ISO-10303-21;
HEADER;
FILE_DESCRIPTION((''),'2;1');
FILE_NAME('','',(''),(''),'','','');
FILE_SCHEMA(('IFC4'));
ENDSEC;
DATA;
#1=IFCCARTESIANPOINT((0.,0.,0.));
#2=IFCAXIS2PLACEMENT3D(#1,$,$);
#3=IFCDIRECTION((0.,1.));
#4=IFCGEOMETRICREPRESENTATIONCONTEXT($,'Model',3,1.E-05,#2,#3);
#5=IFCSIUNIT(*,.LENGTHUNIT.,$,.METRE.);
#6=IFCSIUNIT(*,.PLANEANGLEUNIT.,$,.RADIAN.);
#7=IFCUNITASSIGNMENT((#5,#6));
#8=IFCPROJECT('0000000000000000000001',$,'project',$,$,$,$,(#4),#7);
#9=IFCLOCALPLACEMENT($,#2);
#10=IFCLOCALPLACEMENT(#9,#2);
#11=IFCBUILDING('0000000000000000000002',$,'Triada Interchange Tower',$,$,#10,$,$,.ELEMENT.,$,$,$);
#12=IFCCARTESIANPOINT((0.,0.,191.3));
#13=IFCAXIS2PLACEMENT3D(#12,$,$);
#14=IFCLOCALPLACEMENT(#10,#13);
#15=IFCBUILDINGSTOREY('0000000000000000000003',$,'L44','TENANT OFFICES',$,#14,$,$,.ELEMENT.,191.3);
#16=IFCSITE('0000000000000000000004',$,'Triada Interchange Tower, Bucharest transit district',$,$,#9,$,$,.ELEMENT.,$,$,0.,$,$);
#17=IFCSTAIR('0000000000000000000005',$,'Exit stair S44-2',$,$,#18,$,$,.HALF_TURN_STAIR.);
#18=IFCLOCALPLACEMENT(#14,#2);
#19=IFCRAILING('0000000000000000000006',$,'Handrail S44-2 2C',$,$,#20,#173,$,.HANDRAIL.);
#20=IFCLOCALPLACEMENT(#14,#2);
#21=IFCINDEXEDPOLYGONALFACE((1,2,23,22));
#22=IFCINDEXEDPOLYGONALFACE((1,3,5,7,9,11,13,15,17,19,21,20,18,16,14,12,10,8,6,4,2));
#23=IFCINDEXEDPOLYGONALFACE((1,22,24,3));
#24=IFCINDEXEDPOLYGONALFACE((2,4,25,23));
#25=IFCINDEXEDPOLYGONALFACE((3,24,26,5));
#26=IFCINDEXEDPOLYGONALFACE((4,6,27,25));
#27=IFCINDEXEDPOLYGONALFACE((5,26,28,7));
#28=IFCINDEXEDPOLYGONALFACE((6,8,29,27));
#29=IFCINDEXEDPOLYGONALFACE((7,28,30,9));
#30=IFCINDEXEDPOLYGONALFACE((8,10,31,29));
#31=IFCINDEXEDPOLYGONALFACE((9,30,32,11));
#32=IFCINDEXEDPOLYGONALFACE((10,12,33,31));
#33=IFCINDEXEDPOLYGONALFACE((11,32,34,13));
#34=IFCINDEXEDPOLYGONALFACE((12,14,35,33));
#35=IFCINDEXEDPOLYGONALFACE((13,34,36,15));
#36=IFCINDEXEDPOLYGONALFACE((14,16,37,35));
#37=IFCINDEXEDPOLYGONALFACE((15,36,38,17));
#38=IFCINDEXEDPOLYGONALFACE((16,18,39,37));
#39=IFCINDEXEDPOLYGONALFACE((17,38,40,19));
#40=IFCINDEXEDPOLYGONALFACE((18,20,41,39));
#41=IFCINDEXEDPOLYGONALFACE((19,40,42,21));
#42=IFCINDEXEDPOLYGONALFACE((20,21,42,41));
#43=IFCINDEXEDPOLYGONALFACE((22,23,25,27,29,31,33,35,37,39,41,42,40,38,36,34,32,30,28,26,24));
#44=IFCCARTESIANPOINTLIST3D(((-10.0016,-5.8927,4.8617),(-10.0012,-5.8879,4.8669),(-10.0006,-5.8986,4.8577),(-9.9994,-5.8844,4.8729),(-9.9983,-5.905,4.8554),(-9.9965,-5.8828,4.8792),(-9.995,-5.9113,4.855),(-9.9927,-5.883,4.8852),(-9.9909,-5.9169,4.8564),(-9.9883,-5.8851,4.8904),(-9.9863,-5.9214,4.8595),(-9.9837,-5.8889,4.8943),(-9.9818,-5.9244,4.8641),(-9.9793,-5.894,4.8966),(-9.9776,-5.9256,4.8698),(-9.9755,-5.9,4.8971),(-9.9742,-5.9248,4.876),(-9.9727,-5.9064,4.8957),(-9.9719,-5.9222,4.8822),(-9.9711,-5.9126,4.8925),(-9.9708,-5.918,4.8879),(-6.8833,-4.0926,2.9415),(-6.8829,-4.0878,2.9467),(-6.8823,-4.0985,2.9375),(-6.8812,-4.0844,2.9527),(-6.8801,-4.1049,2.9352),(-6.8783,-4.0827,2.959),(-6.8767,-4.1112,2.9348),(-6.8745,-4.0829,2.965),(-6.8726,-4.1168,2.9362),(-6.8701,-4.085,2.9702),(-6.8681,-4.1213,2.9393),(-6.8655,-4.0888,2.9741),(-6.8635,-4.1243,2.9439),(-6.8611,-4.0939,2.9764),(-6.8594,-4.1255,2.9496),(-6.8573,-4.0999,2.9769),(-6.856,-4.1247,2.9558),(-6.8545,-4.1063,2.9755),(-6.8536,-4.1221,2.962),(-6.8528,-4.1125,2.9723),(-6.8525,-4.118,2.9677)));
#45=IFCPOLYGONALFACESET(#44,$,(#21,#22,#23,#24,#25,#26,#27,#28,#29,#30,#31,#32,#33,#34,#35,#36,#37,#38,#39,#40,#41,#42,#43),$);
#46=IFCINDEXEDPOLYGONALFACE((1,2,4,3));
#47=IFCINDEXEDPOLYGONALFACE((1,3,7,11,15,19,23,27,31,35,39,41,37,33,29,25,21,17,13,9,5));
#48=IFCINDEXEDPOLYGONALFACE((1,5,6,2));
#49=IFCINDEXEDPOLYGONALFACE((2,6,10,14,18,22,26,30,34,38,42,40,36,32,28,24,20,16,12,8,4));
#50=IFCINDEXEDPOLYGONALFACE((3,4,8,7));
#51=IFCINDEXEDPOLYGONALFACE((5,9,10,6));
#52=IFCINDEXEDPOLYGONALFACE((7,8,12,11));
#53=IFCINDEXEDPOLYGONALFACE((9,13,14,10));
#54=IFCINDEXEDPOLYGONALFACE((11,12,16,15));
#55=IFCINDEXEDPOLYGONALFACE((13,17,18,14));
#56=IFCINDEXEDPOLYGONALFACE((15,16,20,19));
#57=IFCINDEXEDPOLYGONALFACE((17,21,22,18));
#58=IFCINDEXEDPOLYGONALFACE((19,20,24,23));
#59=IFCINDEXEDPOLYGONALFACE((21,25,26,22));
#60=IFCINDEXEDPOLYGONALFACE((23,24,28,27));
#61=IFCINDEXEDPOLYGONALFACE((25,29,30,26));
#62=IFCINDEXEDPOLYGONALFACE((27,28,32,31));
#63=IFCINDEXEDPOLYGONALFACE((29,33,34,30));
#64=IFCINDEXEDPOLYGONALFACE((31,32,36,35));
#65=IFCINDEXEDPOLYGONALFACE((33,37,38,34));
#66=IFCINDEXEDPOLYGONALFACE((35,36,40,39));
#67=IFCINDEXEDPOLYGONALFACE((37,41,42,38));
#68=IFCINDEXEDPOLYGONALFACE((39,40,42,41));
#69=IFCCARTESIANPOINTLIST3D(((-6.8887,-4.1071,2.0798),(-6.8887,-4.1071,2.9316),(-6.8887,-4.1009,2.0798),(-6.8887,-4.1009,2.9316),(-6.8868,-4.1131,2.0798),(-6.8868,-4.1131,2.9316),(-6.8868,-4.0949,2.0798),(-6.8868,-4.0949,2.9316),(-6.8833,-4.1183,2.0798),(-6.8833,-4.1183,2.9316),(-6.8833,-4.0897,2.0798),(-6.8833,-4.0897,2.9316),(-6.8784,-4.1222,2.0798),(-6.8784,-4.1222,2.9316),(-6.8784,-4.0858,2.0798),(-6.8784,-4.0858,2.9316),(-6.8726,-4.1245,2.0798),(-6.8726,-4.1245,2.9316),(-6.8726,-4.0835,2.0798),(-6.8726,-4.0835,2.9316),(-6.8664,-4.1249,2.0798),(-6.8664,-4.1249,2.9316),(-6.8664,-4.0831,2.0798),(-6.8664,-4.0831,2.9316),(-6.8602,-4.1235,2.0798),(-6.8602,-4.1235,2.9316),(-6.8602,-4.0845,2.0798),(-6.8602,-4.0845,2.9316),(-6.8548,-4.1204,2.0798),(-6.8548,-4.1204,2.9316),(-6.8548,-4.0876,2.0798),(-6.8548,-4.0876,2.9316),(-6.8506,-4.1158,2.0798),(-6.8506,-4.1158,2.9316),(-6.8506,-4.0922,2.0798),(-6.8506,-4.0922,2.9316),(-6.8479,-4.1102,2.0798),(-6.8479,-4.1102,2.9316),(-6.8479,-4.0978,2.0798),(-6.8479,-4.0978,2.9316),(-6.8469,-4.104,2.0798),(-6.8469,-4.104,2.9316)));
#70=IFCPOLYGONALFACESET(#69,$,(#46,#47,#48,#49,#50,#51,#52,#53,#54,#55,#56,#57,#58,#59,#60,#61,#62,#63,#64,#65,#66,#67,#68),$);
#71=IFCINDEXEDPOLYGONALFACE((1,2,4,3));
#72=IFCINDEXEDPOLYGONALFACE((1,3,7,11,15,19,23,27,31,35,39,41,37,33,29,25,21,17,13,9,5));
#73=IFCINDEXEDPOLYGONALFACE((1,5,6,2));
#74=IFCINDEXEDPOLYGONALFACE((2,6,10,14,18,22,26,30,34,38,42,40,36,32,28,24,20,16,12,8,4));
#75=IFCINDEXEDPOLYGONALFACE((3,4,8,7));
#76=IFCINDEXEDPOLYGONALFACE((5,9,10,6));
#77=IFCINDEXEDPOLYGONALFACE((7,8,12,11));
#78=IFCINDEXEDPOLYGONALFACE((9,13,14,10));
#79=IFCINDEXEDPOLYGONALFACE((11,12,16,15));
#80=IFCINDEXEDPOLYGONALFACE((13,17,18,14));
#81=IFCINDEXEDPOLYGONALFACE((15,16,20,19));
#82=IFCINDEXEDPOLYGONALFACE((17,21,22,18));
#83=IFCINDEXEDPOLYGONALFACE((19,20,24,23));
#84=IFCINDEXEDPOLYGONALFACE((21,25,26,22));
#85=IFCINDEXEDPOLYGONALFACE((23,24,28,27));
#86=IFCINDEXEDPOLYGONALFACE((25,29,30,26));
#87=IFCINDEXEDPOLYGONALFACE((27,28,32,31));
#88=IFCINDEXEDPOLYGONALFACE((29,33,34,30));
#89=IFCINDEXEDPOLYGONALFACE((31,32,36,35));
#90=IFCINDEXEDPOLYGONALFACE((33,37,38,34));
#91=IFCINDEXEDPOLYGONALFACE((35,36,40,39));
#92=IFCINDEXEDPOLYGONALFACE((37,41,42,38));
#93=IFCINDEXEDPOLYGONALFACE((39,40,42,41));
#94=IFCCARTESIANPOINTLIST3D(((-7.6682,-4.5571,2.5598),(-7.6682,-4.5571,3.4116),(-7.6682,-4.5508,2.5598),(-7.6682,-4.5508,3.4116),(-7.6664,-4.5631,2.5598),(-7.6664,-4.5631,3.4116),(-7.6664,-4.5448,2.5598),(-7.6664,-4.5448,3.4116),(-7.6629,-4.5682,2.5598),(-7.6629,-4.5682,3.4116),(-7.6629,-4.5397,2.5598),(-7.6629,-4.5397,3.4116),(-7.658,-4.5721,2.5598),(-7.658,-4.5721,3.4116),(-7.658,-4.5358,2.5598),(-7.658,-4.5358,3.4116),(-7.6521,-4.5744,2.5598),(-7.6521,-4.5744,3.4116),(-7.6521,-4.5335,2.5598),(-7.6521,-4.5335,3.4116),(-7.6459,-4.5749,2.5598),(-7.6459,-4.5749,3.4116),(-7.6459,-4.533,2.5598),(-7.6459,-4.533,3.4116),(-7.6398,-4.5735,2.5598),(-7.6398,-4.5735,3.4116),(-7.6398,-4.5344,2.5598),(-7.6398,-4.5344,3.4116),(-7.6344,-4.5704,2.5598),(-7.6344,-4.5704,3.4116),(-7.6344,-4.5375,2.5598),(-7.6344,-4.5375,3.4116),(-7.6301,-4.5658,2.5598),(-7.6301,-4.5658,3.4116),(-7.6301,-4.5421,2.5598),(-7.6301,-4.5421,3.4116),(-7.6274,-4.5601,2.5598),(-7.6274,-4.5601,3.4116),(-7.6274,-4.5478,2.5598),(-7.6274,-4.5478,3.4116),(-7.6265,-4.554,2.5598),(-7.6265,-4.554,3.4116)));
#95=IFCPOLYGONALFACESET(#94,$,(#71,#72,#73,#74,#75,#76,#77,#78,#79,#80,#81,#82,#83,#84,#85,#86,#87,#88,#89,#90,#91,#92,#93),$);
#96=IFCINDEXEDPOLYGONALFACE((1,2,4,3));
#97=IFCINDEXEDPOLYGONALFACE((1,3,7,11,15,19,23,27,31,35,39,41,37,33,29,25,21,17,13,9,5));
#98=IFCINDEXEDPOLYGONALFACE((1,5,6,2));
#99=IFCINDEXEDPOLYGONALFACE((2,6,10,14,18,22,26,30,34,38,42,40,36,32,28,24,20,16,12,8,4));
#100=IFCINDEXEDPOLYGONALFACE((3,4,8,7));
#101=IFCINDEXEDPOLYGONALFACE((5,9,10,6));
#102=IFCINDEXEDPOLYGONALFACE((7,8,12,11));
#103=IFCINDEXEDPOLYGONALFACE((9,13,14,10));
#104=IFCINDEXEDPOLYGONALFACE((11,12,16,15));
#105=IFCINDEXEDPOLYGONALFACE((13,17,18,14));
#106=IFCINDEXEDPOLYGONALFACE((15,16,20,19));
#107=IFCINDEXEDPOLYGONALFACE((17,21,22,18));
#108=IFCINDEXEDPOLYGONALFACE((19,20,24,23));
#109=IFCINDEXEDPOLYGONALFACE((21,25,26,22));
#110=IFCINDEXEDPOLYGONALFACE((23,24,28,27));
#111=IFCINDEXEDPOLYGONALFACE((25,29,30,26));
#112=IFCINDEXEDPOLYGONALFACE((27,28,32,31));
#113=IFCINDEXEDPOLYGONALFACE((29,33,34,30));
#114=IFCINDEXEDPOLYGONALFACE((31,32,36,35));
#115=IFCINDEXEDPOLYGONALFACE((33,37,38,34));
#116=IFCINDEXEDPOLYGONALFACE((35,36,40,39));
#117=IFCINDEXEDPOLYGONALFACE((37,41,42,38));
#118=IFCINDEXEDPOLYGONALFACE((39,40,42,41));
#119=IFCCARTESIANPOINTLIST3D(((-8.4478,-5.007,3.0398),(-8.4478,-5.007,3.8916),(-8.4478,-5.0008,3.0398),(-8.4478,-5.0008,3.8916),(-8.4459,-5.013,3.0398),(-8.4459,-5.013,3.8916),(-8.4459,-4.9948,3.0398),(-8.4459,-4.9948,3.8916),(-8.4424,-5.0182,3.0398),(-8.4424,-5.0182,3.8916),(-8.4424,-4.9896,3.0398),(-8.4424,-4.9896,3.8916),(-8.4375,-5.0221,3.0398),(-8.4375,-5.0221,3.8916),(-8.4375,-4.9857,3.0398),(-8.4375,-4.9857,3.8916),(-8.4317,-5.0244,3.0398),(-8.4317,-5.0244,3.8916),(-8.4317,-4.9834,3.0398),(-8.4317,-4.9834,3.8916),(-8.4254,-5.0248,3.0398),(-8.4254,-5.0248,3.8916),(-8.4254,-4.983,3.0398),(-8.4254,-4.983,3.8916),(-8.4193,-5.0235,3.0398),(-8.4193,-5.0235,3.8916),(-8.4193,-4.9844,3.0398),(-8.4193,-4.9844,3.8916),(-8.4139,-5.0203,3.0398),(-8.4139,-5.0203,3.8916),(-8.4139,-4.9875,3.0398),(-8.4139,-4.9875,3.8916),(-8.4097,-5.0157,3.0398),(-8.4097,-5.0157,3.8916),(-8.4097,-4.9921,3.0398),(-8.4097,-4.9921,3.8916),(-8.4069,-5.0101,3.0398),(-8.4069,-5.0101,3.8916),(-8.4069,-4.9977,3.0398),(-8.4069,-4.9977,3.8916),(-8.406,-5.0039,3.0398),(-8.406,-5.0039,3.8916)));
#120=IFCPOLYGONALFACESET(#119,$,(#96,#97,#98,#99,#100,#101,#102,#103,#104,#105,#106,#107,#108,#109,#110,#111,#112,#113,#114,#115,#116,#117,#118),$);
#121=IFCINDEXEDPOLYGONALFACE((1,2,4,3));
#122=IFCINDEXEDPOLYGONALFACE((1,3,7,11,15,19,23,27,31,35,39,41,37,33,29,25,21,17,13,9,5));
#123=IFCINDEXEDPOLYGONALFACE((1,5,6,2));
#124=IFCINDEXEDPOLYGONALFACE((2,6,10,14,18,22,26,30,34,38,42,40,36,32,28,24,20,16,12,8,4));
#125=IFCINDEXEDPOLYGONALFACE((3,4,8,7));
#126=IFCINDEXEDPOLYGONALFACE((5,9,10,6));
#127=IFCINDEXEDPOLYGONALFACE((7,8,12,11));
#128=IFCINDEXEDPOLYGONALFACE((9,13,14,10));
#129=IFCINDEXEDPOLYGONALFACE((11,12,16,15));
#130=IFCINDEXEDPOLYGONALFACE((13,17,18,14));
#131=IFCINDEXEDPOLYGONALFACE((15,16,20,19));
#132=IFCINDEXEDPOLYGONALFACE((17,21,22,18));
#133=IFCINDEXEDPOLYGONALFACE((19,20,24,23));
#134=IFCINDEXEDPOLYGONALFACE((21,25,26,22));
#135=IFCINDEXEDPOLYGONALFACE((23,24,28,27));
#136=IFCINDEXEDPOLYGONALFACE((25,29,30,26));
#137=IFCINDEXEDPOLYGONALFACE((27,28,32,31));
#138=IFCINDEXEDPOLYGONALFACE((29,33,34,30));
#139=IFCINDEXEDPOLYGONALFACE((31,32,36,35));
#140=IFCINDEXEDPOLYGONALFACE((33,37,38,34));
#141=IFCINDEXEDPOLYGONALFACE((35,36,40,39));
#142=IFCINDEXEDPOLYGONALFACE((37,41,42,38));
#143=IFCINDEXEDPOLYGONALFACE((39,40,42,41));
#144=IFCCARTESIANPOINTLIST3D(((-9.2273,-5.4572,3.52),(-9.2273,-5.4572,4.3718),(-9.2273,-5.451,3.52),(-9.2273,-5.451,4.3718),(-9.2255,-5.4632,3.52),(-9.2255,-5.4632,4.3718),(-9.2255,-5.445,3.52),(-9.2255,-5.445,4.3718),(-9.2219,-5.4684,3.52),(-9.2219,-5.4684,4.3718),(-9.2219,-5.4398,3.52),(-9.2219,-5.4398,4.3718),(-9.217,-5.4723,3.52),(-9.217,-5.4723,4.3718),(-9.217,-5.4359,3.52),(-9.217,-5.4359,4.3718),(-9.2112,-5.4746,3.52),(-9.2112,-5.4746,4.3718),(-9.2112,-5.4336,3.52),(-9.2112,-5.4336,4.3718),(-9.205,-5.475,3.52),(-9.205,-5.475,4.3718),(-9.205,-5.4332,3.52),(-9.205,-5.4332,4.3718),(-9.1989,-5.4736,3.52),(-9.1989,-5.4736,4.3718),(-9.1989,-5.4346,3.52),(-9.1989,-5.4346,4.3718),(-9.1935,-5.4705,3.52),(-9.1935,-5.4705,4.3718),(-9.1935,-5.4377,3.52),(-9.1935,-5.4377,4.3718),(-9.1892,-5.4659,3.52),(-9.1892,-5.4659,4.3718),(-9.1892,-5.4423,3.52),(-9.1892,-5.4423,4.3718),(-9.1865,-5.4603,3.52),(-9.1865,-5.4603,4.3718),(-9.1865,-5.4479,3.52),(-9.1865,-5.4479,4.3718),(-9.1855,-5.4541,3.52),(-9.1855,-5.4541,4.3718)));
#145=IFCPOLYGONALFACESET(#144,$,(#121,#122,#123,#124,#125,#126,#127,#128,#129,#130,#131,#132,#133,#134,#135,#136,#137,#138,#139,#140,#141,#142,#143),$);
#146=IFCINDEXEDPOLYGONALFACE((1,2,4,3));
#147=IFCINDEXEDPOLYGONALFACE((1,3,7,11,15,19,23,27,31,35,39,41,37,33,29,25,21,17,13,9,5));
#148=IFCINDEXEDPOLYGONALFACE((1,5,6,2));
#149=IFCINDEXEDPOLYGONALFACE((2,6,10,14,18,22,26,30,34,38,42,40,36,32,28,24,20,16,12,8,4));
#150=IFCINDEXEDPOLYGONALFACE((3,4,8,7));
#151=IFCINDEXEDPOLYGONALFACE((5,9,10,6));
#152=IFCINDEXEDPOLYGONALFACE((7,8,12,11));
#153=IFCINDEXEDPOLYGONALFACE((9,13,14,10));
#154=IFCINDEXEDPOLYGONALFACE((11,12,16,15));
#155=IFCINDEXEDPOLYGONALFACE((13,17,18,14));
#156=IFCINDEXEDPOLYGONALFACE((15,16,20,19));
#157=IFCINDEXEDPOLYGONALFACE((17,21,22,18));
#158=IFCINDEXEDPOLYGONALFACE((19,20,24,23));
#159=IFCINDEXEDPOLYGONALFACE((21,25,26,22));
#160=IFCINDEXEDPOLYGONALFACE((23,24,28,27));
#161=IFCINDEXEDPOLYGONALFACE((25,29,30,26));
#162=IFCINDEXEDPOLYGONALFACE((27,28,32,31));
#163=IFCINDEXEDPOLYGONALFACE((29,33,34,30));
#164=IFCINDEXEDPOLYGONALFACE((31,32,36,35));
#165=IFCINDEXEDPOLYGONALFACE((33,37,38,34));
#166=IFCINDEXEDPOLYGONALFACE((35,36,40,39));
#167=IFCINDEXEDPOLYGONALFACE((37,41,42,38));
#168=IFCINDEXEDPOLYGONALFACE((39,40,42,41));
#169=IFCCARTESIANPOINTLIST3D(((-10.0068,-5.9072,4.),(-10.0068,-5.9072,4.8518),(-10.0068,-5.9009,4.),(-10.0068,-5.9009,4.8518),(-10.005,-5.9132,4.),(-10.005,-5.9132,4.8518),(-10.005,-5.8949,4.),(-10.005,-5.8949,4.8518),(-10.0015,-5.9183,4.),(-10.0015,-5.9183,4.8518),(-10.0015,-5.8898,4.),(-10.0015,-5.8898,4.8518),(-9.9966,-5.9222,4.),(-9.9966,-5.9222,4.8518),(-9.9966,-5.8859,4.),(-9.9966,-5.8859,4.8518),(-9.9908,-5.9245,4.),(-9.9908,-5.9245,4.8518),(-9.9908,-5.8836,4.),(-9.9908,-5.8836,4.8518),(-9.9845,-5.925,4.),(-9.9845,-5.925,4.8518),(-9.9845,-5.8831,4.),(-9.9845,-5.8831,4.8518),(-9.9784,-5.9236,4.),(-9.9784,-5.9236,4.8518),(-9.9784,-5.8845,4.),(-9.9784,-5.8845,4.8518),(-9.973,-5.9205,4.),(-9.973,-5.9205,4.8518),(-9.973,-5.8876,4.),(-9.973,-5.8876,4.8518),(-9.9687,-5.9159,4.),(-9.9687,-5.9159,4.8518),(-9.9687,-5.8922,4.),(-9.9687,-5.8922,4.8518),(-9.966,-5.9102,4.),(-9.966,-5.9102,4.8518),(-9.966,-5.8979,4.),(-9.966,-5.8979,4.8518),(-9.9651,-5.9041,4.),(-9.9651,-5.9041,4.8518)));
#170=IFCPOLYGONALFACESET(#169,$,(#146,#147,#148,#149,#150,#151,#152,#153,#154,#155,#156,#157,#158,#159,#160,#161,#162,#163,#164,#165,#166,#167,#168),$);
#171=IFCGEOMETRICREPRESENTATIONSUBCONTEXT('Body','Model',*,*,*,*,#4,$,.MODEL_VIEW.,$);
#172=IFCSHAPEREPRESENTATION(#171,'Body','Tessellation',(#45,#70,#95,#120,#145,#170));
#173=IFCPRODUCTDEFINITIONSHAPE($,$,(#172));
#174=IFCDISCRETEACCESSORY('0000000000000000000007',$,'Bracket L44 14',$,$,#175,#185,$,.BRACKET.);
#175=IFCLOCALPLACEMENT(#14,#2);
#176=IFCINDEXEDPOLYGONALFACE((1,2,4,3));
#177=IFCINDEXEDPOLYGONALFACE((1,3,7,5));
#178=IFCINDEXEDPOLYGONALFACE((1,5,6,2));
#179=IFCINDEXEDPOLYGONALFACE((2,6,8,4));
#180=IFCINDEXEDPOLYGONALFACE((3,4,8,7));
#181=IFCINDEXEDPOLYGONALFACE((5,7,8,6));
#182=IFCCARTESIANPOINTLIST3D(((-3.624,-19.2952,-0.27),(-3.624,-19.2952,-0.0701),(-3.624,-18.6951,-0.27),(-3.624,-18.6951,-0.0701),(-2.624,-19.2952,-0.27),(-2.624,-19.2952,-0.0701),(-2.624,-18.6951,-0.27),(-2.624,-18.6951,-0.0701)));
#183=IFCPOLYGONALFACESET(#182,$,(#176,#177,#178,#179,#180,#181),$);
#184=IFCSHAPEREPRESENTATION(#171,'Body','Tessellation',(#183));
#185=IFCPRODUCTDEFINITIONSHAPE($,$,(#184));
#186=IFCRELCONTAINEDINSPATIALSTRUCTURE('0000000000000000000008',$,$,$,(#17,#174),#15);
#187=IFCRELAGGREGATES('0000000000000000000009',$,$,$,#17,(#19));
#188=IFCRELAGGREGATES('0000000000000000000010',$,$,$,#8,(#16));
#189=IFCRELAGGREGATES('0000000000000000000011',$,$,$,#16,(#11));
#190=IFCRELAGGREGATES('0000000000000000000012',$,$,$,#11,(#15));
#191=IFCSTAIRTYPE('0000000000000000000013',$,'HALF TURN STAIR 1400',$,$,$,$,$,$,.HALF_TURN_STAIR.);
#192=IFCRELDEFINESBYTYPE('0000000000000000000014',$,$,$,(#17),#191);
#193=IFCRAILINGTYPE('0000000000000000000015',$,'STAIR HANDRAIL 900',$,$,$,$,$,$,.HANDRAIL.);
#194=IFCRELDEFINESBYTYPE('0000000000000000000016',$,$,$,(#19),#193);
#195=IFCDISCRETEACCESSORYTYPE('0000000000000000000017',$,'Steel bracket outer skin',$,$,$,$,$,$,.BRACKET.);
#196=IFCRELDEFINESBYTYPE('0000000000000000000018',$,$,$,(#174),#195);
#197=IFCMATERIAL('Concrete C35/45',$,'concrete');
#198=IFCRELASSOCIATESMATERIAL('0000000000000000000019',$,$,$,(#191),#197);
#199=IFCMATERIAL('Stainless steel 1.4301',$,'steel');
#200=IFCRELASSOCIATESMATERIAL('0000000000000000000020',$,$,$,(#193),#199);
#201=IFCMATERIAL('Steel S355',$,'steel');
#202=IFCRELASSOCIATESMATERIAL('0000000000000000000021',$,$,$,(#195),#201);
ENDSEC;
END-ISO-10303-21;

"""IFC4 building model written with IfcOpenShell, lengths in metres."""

from ifc_helpers import new_model, si_unit, direction, frame, origin, origin_2d, place, context, subcontext, project, spatial, rectangle, circle, extrude, material, type_object, element, aggregate, save


model = new_model("IFC4")

# Units and contexts
model_context = context("Model", 3, precision=1e-05, world=origin(), true_north=direction((0.0, 1.0)))
body_context = subcontext(model_context, "Body", "Model", "MODEL_VIEW")
ifc_project = project(units=[si_unit("LENGTHUNIT", "METRE"), si_unit("PLANEANGLEUNIT", "RADIAN")], contexts=[model_context])

# Site, building, storey
site_placement = place(None, origin())
site = spatial("IfcSite", under=ifc_project, at=site_placement, Name="Triada Interchange Tower, Bucharest transit district", CompositionType="ELEMENT", RefElevation=0.0)
building_placement = place(site_placement, origin())
building = spatial("IfcBuilding", under=site, at=building_placement, Name="Triada Interchange Tower", CompositionType="ELEMENT")
storey_placement = place(building_placement, frame((0.0, 0.0, 191.3)))
storey = spatial("IfcBuildingStorey", under=building, at=storey_placement, Name="L44", Description="TENANT OFFICES", CompositionType="ELEMENT", Elevation=191.3)

# Stair
ifc_material_1 = material(Name="Concrete C35/45", Category="concrete")
stair_type = type_object("IfcStairType", Name="HALF TURN STAIR 1400", PredefinedType="HALF_TURN_STAIR", material=ifc_material_1)
stair_placement = place(storey_placement, origin())
stair = element("IfcStair", 1, at=stair_placement, inside=storey, type_object=stair_type, Name="Exit stair S44-2", PredefinedType="HALF_TURN_STAIR")

# Railing
ifc_material_2 = material(Name="Stainless steel 1.4301", Category="steel")
railing_type = type_object("IfcRailingType", Name="STAIR HANDRAIL 900", PredefinedType="HANDRAIL", material=ifc_material_2)
railing_1_placement = place(storey_placement, frame((-6.8679, -4.104, 2.0798)))
railing_1 = element("IfcRailing", 2, at=railing_1_placement, type_object=railing_type, Name="Handrail S44-2 2C", PredefinedType="HANDRAIL", context=body_context, shape_type="SweptSolid", body=[
    extrude(circle(Radius=0.0239, at=origin_2d()), frame((0.0, 0.0, 0.876), z_axis=(-0.76417, -0.441139, 0.470576), x_axis=(0.499953, -0.866052, 0.0)), (0.0, 0.0, 1.0), 4.0806),
    extrude(circle(Radius=0.021, at=origin_2d()), origin(), (0.0, 0.0, 1.0), 0.8518),
    extrude(circle(Radius=0.021, at=origin_2d()), frame((-0.7795, -0.45, 0.48)), (0.0, 0.0, 1.0), 0.8518),
    extrude(circle(Radius=0.021, at=origin_2d()), frame((-1.5591, -0.8999, 0.96)), (0.0, 0.0, 1.0), 0.8518),
    extrude(circle(Radius=0.021, at=origin_2d()), frame((-2.3386, -1.3501, 1.4402)), (0.0, 0.0, 1.0), 0.8518),
    extrude(circle(Radius=0.021, at=origin_2d()), frame((-3.1182, -1.8, 1.9202)), (0.0, 0.0, 1.0), 0.8518),
])
aggregate(stair, [railing_1])

# Discrete accessory
ifc_material_3 = material(Name="Steel S355", Category="steel")
discrete_accessory_type = type_object("IfcDiscreteAccessoryType", Name="Steel bracket outer skin", PredefinedType="BRACKET", material=ifc_material_3)
discrete_accessory_placement = place(storey_placement, frame((-3.124, -18.9951, -0.27), z_axis=(0.0, 0.0, 1.0), x_axis=(0.0, -1.0, 0.0)))
element("IfcDiscreteAccessory", 3, at=discrete_accessory_placement, inside=storey, type_object=discrete_accessory_type, Name="Bracket L44 14", PredefinedType="BRACKET", context=body_context, shape_type="SweptSolid", body=[
    extrude(rectangle(XDim=0.6001, YDim=1.0, at=origin_2d()), origin(), (0.0, 0.0, 1.0), 0.2),
])

save(model, "model.ifc")
